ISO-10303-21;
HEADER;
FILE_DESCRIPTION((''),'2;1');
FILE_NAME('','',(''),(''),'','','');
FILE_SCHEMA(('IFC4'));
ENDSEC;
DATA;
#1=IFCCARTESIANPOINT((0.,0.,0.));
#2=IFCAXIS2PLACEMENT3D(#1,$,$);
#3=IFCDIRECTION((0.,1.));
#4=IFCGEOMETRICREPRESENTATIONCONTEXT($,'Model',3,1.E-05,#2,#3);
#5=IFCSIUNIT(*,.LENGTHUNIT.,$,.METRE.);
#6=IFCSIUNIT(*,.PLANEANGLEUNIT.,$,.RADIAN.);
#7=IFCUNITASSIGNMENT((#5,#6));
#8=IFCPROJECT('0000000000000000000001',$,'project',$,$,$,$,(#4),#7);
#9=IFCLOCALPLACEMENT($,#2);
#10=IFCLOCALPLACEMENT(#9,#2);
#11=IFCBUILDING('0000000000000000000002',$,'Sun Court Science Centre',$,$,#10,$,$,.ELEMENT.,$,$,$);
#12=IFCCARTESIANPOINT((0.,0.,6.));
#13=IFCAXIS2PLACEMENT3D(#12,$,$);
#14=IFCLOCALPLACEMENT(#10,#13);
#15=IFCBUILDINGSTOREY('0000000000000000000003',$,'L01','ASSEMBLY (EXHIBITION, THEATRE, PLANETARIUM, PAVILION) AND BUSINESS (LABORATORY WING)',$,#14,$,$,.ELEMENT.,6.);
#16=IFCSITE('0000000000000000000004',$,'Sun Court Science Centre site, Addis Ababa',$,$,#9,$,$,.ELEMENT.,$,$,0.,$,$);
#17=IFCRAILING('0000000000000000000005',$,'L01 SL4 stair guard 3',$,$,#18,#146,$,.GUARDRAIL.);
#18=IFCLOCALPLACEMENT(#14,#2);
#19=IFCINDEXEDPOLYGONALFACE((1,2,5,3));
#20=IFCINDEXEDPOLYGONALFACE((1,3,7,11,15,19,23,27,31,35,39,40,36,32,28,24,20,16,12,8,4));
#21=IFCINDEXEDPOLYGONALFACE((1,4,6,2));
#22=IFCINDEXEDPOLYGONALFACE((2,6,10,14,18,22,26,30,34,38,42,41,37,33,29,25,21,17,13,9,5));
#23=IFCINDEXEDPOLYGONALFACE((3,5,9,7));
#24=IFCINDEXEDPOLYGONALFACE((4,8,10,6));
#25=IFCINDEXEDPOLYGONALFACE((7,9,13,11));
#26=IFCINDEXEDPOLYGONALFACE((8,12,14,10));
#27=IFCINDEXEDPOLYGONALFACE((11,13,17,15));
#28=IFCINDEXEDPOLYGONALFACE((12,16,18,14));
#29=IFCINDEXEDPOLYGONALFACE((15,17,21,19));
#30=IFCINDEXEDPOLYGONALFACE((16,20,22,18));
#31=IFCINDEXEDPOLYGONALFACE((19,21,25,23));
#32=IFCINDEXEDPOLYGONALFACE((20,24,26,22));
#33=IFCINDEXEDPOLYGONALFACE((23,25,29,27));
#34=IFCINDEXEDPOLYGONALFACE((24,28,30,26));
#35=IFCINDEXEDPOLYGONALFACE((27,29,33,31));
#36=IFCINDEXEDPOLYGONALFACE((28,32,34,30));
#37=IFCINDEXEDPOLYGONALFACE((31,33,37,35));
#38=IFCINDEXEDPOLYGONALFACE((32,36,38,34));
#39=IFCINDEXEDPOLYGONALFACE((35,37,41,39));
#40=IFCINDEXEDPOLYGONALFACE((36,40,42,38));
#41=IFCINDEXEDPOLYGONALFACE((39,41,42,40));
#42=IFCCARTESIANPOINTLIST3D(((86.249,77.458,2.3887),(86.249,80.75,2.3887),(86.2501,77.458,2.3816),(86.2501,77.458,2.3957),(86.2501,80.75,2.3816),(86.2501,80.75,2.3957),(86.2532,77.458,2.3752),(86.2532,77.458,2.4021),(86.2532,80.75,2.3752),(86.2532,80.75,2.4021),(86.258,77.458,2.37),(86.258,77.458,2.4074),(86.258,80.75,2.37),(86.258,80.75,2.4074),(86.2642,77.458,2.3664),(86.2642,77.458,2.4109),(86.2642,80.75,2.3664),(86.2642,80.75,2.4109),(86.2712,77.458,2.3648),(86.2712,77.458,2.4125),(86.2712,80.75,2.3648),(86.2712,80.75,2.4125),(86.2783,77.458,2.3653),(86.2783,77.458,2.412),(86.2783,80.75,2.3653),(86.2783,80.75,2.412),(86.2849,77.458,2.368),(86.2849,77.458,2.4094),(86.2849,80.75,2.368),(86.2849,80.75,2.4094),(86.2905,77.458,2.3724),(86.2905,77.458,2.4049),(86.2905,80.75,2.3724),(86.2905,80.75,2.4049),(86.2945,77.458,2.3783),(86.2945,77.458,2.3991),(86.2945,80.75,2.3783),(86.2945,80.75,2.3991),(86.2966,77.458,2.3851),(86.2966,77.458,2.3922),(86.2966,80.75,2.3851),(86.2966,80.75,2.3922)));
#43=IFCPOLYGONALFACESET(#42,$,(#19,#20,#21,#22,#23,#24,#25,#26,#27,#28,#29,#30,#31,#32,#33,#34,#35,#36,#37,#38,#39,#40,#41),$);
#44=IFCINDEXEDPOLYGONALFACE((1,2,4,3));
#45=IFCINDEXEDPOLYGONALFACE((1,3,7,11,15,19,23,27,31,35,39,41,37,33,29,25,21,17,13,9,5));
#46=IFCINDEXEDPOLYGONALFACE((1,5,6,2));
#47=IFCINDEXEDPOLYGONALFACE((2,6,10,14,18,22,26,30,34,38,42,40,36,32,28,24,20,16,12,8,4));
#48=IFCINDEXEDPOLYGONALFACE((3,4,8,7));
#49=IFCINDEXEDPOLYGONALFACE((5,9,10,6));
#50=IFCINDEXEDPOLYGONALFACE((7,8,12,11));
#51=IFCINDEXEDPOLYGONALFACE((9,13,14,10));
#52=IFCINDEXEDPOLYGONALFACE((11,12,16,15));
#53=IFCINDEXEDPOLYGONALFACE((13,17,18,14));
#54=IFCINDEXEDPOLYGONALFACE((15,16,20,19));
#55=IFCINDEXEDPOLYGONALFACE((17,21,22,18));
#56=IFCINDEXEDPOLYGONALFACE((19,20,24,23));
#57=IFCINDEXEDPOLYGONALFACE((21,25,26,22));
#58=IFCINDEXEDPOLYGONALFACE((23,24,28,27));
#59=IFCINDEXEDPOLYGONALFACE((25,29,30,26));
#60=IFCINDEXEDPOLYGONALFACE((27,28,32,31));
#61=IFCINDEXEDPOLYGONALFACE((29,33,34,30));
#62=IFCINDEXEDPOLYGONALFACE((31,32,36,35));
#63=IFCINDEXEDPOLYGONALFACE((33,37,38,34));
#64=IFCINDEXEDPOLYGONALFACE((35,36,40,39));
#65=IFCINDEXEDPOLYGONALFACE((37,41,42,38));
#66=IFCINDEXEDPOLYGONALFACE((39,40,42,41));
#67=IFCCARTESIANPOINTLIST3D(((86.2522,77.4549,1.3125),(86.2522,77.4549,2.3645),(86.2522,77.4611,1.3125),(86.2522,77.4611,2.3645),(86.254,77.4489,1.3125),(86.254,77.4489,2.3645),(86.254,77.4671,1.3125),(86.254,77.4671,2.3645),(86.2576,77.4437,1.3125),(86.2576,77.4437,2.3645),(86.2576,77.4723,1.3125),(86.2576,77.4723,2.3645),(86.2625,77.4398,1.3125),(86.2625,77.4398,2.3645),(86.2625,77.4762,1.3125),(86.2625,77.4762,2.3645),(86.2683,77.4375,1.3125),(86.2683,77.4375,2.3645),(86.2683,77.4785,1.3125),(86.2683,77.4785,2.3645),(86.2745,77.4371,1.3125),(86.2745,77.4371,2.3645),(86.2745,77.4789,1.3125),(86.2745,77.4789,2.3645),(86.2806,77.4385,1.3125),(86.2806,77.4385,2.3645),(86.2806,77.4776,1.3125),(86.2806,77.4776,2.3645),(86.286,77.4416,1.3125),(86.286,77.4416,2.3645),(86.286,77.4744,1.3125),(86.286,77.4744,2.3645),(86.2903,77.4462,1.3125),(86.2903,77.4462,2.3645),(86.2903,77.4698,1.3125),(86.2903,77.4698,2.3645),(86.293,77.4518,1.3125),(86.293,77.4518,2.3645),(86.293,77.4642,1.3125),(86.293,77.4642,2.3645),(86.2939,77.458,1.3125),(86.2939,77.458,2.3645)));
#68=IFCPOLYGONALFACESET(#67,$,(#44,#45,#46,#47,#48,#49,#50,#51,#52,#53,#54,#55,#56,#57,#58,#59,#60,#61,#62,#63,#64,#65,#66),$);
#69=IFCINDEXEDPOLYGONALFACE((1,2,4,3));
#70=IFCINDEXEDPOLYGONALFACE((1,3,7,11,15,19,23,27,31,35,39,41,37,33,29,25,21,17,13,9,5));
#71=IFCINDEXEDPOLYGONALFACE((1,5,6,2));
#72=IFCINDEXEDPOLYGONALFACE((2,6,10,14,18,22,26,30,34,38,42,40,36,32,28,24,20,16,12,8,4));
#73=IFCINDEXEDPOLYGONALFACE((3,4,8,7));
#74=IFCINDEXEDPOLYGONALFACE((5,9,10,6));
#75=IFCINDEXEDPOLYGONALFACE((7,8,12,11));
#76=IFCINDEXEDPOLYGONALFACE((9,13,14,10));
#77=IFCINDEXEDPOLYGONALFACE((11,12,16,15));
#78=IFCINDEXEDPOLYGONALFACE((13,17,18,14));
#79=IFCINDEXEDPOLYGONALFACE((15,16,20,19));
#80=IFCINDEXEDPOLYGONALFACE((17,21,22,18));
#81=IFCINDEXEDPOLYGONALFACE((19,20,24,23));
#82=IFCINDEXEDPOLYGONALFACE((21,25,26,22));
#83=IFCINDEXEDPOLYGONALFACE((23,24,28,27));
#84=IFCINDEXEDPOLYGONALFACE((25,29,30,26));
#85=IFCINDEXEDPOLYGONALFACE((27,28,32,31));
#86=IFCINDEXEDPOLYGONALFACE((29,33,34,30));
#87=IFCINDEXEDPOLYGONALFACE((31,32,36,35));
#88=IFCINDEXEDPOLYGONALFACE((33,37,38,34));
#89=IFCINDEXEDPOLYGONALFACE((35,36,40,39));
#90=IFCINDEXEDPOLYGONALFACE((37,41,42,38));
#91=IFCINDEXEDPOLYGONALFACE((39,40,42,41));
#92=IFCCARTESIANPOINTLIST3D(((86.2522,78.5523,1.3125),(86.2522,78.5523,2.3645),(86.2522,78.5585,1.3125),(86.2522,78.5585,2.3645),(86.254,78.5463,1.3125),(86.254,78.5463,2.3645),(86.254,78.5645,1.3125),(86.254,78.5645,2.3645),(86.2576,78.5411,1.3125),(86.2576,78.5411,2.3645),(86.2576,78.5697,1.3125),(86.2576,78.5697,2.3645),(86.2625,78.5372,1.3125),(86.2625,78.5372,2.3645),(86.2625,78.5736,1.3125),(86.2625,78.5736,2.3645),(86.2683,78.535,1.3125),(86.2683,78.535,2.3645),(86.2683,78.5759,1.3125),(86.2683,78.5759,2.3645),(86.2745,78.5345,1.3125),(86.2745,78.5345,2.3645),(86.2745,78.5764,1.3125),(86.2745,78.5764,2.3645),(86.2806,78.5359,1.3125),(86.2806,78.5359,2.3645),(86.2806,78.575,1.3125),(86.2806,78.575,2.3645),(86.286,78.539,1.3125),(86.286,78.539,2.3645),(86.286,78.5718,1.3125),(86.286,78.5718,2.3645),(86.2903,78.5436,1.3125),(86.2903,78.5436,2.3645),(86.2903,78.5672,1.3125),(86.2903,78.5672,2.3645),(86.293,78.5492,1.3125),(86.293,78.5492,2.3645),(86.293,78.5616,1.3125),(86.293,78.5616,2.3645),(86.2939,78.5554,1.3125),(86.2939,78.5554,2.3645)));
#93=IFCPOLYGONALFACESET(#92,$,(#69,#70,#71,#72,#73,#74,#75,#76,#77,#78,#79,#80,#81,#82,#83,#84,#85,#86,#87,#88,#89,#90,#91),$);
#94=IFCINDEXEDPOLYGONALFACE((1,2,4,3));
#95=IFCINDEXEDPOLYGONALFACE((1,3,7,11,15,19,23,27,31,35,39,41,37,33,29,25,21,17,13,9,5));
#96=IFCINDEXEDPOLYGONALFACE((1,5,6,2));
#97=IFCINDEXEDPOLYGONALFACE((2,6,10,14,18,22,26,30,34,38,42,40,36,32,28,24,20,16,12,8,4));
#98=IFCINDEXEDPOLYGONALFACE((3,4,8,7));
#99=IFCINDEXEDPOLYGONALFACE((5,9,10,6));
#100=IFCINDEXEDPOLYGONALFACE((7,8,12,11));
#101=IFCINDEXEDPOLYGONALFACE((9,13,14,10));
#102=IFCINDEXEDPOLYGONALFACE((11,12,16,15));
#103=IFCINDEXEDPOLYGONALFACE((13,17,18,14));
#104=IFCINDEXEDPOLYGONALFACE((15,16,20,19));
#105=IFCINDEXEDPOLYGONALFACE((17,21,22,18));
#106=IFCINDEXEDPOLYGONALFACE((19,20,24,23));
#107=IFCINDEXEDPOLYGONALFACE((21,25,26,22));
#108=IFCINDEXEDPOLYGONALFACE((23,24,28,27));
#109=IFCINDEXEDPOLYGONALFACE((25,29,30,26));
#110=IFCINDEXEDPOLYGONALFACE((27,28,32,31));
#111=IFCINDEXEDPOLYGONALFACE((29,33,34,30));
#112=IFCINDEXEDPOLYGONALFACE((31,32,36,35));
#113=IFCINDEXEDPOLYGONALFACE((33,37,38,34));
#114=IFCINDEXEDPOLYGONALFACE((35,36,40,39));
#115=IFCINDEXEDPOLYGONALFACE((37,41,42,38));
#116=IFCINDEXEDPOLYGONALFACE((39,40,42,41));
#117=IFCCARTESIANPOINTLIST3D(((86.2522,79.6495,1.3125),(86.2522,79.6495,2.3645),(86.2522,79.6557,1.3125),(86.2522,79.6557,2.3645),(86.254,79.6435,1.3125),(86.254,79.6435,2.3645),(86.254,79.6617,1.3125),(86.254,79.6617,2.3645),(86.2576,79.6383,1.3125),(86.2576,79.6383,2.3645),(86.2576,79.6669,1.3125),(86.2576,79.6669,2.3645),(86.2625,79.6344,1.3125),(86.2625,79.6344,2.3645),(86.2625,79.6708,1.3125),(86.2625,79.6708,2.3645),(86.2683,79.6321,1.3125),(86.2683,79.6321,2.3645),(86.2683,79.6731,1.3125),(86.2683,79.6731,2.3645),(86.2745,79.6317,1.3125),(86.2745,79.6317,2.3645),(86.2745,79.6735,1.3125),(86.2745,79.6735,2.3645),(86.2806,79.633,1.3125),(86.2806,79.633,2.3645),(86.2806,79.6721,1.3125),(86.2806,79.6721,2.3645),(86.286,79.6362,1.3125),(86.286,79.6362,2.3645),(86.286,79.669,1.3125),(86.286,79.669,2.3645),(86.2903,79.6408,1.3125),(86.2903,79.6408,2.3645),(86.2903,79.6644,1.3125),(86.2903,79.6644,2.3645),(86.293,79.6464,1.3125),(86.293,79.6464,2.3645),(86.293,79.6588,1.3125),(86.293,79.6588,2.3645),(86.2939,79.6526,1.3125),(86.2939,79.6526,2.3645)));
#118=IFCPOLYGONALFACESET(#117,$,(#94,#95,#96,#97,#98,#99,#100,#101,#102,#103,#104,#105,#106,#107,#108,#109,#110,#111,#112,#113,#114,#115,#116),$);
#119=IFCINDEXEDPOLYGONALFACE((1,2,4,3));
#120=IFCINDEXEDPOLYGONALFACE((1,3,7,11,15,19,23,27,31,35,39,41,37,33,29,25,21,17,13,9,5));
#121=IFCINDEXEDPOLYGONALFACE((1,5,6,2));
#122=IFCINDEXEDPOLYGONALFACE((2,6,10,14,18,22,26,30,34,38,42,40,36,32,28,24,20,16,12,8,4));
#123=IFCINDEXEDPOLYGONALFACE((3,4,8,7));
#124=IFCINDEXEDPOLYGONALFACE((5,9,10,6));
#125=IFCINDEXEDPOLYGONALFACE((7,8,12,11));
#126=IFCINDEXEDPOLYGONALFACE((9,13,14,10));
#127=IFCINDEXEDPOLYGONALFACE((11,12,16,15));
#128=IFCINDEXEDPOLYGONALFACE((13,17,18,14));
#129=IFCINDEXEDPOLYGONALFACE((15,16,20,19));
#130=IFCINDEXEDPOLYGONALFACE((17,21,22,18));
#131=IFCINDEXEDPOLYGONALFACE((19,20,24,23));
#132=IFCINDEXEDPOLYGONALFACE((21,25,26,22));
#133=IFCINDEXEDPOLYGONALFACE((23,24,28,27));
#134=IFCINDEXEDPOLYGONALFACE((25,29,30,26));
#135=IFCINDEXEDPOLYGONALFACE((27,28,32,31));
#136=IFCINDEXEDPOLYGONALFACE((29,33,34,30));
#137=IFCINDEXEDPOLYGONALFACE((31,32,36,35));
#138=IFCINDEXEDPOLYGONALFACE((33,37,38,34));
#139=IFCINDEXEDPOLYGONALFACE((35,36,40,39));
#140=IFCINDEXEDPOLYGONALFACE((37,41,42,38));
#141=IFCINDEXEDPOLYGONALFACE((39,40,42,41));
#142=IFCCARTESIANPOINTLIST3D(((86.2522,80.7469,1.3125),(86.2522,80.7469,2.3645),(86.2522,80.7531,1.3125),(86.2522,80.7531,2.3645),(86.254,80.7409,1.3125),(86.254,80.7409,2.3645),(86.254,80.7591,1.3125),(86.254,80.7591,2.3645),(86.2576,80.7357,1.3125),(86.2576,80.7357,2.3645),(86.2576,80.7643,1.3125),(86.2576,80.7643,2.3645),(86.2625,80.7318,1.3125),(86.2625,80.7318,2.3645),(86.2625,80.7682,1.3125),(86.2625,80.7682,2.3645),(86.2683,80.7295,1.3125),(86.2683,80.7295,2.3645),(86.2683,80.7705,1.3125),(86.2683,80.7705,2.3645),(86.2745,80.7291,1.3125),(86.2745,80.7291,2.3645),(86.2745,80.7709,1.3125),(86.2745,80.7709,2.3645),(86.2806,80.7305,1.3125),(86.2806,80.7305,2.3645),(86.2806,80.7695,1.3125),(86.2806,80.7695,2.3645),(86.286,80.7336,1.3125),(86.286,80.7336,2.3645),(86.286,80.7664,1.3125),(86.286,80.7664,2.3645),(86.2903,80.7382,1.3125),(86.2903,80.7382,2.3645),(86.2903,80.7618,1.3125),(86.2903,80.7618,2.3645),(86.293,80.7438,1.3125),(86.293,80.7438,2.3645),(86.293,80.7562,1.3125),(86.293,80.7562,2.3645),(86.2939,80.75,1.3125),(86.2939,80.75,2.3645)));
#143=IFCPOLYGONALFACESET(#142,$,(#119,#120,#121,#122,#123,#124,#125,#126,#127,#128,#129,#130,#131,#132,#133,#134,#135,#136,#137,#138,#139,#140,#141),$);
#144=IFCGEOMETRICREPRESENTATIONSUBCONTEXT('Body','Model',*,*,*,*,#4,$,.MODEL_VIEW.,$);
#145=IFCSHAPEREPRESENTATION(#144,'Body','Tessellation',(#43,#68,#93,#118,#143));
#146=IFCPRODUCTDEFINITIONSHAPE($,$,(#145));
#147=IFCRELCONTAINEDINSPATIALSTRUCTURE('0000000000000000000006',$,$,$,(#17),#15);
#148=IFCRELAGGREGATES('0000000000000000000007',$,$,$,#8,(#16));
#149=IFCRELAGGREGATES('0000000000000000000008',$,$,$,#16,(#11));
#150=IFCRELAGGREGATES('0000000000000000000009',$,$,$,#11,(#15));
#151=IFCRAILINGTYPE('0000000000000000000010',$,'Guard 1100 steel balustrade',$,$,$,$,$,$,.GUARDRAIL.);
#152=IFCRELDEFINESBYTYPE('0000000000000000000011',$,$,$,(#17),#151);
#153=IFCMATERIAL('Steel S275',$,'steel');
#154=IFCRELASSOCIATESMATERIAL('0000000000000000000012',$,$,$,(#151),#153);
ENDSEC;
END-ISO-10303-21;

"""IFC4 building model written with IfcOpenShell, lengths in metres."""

from ifc_helpers import new_model, si_unit, direction, frame, origin, origin_2d, place, context, subcontext, project, spatial, circle, extrude, material, type_object, element, save


model = new_model("IFC4")

# Units and contexts
model_context = context("Model", 3, precision=1e-05, world=origin(), true_north=direction((0.0, 1.0)))
body_context = subcontext(model_context, "Body", "Model", "MODEL_VIEW")
ifc_project = project(units=[si_unit("LENGTHUNIT", "METRE"), si_unit("PLANEANGLEUNIT", "RADIAN")], contexts=[model_context])

# Site, building, storey
site_placement = place(None, origin())
site = spatial("IfcSite", under=ifc_project, at=site_placement, Name="Sun Court Science Centre site, Addis Ababa", CompositionType="ELEMENT", RefElevation=0.0)
building_placement = place(site_placement, origin())
building = spatial("IfcBuilding", under=site, at=building_placement, Name="Sun Court Science Centre", CompositionType="ELEMENT")
storey_placement = place(building_placement, frame((0.0, 0.0, 6.0)))
storey = spatial("IfcBuildingStorey", under=building, at=storey_placement, Name="L01", Description="ASSEMBLY (EXHIBITION, THEATRE, PLANETARIUM, PAVILION) AND BUSINESS (LABORATORY WING)", CompositionType="ELEMENT", Elevation=6.0)

# Railing
ifc_material_1 = material(Name="Steel S275", Category="steel")
railing_type_1 = type_object("IfcRailingType", Name="Guard 1100 steel balustrade", PredefinedType="GUARDRAIL", material=ifc_material_1)
railing_1_placement = place(storey_placement, frame((86.2729, 77.458, 1.3125)))
element("IfcRailing", 1, at=railing_1_placement, inside=storey, type_object=railing_type_1, Name="L01 SL4 stair guard 3", PredefinedType="GUARDRAIL", context=body_context, shape_type="SweptSolid", body=[
    extrude(circle(Radius=0.0239, at=origin_2d()), frame((0.0, 0.0, 1.0762), z_axis=(0.0, 1.0, 0.0), x_axis=(-1.0, 0.0, 0.0)), (0.0, 0.0, 1.0), 3.292),
    extrude(circle(Radius=0.021, at=origin_2d()), origin(), (0.0, 0.0, 1.0), 1.052),
    extrude(circle(Radius=0.021, at=origin_2d()), frame((0.0, 1.0974, 0.0)), (0.0, 0.0, 1.0), 1.052),
    extrude(circle(Radius=0.021, at=origin_2d()), frame((0.0, 2.1946, 0.0)), (0.0, 0.0, 1.0), 1.052),
    extrude(circle(Radius=0.021, at=origin_2d()), frame((0.0, 3.292, 0.0)), (0.0, 0.0, 1.0), 1.052),
])

save(model, "model.ifc")
